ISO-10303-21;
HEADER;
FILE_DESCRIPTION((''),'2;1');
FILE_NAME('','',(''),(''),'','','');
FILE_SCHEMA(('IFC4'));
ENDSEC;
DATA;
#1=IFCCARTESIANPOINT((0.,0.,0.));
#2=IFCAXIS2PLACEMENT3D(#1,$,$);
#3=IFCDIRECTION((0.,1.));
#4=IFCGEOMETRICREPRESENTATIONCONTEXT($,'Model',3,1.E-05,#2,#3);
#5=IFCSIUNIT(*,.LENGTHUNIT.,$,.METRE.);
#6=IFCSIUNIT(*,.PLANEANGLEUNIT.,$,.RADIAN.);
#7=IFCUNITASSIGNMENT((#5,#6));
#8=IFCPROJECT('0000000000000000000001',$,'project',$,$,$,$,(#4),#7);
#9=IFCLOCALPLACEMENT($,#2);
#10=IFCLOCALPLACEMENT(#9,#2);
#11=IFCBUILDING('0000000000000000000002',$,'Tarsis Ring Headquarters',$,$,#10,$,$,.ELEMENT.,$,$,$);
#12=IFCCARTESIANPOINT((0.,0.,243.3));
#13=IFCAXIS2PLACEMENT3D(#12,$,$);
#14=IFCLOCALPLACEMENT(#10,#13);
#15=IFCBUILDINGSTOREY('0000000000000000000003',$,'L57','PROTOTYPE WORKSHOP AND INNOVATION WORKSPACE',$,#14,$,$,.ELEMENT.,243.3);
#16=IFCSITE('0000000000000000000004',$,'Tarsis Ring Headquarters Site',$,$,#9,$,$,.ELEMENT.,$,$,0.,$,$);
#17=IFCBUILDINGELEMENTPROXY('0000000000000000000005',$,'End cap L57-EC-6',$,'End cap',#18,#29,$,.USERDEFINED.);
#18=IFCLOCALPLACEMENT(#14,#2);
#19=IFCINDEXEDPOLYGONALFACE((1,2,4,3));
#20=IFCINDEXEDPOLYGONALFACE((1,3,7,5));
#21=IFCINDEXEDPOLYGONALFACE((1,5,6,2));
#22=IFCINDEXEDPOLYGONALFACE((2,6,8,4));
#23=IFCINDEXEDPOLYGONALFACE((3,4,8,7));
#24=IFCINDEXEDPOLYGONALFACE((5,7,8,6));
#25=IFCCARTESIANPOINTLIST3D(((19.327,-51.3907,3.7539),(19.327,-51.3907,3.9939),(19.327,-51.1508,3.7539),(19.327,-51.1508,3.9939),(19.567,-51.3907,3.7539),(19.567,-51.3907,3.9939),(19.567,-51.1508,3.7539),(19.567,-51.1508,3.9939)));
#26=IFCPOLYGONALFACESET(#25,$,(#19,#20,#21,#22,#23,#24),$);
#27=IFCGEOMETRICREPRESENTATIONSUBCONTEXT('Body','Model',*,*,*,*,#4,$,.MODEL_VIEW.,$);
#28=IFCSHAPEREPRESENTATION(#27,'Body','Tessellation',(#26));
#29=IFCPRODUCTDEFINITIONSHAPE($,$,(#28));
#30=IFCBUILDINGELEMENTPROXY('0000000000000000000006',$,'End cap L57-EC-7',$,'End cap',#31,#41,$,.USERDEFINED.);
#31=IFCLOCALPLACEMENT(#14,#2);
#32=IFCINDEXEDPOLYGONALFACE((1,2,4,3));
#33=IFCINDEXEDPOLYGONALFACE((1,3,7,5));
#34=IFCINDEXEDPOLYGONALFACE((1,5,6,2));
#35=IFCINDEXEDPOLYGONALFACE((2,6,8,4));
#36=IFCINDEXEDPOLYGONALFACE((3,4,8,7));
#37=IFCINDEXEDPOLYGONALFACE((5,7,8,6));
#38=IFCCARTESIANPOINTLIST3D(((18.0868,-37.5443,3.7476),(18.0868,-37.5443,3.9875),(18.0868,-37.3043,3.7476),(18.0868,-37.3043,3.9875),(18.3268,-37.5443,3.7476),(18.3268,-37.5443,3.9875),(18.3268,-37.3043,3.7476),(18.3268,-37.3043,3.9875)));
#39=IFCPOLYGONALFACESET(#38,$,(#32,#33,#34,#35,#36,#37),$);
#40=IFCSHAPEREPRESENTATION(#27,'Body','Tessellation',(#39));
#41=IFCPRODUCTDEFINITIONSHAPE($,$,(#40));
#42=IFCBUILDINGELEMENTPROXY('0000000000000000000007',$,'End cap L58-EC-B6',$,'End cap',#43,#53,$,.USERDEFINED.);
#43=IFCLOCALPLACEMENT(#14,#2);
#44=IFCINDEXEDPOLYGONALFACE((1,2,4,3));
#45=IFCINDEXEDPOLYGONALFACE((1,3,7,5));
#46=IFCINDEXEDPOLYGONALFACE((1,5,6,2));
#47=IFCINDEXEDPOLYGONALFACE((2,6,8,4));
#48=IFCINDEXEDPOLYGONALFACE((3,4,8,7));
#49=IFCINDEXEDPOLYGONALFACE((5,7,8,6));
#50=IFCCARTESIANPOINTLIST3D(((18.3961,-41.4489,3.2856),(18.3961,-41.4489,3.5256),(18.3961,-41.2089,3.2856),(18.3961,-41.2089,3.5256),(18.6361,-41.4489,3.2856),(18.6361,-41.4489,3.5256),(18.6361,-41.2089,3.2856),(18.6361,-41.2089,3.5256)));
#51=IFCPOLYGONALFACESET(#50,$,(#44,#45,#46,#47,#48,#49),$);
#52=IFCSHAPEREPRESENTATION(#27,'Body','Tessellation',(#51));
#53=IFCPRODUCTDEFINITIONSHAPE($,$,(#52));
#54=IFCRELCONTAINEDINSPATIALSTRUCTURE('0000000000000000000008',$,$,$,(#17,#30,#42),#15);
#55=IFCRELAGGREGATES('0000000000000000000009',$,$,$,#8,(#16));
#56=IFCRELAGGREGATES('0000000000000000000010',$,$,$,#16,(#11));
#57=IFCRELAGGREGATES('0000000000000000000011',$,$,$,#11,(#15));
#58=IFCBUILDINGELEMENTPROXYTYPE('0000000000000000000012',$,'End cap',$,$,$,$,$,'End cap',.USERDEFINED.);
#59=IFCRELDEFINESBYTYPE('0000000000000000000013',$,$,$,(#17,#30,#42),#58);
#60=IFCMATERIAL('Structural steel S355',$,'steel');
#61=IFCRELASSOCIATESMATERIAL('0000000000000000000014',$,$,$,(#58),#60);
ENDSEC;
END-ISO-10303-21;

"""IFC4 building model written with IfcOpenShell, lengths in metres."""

from ifc_helpers import new_model, si_unit, direction, frame, origin, origin_2d, place, context, subcontext, project, spatial, rectangle, extrude, material, type_object, element, save


model = new_model("IFC4")

# Units and contexts
model_context = context("Model", 3, precision=1e-05, world=origin(), true_north=direction((0.0, 1.0)))
body_context = subcontext(model_context, "Body", "Model", "MODEL_VIEW")
ifc_project = project(units=[si_unit("LENGTHUNIT", "METRE"), si_unit("PLANEANGLEUNIT", "RADIAN")], contexts=[model_context])

# Site, building, storey
site_placement = place(None, origin())
site = spatial("IfcSite", under=ifc_project, at=site_placement, Name="Tarsis Ring Headquarters Site", CompositionType="ELEMENT", RefElevation=0.0)
building_placement = place(site_placement, origin())
building = spatial("IfcBuilding", under=site, at=building_placement, Name="Tarsis Ring Headquarters", CompositionType="ELEMENT")
storey_placement = place(building_placement, frame((0.0, 0.0, 243.3)))
storey = spatial("IfcBuildingStorey", under=building, at=storey_placement, Name="L57", Description="PROTOTYPE WORKSHOP AND INNOVATION WORKSPACE", CompositionType="ELEMENT", Elevation=243.3)

# Shared definitions
ifc_material_1 = material(Name="Structural steel S355", Category="steel")

# Building element proxies
building_element_proxy_type = type_object("IfcBuildingElementProxyType", Name="End cap", ElementType="End cap", PredefinedType="USERDEFINED", material=ifc_material_1)
for number, where, z_axis, x_axis, name in (
    (1, (19.447, -51.2708, 3.7539), (0.0, 0.0, 1.0), (1.0, 0.0, 0.0), "End cap L57-EC-6"),
    (2, (18.2068, -37.4243, 3.7476), (0.0, 0.0, 1.0), (1.0, 0.0, 0.0), "End cap L57-EC-7"),
    (3, (18.5161, -41.3289, 3.2856), (0.0, 0.0, 1.0), (1.0, 0.0, 0.0), "End cap L58-EC-B6"),
):
    element("IfcBuildingElementProxy", number, at=place(storey_placement, frame(where, z_axis=z_axis, x_axis=x_axis)), inside=storey, type_object=building_element_proxy_type, Name=name, ObjectType="End cap", PredefinedType="USERDEFINED", context=body_context, shape_type="SweptSolid", body=[
        extrude(rectangle(XDim=0.24, YDim=0.24, at=origin_2d()), origin(), (0.0, 0.0, 1.0), 0.24),
    ])

save(model, "model.ifc")
